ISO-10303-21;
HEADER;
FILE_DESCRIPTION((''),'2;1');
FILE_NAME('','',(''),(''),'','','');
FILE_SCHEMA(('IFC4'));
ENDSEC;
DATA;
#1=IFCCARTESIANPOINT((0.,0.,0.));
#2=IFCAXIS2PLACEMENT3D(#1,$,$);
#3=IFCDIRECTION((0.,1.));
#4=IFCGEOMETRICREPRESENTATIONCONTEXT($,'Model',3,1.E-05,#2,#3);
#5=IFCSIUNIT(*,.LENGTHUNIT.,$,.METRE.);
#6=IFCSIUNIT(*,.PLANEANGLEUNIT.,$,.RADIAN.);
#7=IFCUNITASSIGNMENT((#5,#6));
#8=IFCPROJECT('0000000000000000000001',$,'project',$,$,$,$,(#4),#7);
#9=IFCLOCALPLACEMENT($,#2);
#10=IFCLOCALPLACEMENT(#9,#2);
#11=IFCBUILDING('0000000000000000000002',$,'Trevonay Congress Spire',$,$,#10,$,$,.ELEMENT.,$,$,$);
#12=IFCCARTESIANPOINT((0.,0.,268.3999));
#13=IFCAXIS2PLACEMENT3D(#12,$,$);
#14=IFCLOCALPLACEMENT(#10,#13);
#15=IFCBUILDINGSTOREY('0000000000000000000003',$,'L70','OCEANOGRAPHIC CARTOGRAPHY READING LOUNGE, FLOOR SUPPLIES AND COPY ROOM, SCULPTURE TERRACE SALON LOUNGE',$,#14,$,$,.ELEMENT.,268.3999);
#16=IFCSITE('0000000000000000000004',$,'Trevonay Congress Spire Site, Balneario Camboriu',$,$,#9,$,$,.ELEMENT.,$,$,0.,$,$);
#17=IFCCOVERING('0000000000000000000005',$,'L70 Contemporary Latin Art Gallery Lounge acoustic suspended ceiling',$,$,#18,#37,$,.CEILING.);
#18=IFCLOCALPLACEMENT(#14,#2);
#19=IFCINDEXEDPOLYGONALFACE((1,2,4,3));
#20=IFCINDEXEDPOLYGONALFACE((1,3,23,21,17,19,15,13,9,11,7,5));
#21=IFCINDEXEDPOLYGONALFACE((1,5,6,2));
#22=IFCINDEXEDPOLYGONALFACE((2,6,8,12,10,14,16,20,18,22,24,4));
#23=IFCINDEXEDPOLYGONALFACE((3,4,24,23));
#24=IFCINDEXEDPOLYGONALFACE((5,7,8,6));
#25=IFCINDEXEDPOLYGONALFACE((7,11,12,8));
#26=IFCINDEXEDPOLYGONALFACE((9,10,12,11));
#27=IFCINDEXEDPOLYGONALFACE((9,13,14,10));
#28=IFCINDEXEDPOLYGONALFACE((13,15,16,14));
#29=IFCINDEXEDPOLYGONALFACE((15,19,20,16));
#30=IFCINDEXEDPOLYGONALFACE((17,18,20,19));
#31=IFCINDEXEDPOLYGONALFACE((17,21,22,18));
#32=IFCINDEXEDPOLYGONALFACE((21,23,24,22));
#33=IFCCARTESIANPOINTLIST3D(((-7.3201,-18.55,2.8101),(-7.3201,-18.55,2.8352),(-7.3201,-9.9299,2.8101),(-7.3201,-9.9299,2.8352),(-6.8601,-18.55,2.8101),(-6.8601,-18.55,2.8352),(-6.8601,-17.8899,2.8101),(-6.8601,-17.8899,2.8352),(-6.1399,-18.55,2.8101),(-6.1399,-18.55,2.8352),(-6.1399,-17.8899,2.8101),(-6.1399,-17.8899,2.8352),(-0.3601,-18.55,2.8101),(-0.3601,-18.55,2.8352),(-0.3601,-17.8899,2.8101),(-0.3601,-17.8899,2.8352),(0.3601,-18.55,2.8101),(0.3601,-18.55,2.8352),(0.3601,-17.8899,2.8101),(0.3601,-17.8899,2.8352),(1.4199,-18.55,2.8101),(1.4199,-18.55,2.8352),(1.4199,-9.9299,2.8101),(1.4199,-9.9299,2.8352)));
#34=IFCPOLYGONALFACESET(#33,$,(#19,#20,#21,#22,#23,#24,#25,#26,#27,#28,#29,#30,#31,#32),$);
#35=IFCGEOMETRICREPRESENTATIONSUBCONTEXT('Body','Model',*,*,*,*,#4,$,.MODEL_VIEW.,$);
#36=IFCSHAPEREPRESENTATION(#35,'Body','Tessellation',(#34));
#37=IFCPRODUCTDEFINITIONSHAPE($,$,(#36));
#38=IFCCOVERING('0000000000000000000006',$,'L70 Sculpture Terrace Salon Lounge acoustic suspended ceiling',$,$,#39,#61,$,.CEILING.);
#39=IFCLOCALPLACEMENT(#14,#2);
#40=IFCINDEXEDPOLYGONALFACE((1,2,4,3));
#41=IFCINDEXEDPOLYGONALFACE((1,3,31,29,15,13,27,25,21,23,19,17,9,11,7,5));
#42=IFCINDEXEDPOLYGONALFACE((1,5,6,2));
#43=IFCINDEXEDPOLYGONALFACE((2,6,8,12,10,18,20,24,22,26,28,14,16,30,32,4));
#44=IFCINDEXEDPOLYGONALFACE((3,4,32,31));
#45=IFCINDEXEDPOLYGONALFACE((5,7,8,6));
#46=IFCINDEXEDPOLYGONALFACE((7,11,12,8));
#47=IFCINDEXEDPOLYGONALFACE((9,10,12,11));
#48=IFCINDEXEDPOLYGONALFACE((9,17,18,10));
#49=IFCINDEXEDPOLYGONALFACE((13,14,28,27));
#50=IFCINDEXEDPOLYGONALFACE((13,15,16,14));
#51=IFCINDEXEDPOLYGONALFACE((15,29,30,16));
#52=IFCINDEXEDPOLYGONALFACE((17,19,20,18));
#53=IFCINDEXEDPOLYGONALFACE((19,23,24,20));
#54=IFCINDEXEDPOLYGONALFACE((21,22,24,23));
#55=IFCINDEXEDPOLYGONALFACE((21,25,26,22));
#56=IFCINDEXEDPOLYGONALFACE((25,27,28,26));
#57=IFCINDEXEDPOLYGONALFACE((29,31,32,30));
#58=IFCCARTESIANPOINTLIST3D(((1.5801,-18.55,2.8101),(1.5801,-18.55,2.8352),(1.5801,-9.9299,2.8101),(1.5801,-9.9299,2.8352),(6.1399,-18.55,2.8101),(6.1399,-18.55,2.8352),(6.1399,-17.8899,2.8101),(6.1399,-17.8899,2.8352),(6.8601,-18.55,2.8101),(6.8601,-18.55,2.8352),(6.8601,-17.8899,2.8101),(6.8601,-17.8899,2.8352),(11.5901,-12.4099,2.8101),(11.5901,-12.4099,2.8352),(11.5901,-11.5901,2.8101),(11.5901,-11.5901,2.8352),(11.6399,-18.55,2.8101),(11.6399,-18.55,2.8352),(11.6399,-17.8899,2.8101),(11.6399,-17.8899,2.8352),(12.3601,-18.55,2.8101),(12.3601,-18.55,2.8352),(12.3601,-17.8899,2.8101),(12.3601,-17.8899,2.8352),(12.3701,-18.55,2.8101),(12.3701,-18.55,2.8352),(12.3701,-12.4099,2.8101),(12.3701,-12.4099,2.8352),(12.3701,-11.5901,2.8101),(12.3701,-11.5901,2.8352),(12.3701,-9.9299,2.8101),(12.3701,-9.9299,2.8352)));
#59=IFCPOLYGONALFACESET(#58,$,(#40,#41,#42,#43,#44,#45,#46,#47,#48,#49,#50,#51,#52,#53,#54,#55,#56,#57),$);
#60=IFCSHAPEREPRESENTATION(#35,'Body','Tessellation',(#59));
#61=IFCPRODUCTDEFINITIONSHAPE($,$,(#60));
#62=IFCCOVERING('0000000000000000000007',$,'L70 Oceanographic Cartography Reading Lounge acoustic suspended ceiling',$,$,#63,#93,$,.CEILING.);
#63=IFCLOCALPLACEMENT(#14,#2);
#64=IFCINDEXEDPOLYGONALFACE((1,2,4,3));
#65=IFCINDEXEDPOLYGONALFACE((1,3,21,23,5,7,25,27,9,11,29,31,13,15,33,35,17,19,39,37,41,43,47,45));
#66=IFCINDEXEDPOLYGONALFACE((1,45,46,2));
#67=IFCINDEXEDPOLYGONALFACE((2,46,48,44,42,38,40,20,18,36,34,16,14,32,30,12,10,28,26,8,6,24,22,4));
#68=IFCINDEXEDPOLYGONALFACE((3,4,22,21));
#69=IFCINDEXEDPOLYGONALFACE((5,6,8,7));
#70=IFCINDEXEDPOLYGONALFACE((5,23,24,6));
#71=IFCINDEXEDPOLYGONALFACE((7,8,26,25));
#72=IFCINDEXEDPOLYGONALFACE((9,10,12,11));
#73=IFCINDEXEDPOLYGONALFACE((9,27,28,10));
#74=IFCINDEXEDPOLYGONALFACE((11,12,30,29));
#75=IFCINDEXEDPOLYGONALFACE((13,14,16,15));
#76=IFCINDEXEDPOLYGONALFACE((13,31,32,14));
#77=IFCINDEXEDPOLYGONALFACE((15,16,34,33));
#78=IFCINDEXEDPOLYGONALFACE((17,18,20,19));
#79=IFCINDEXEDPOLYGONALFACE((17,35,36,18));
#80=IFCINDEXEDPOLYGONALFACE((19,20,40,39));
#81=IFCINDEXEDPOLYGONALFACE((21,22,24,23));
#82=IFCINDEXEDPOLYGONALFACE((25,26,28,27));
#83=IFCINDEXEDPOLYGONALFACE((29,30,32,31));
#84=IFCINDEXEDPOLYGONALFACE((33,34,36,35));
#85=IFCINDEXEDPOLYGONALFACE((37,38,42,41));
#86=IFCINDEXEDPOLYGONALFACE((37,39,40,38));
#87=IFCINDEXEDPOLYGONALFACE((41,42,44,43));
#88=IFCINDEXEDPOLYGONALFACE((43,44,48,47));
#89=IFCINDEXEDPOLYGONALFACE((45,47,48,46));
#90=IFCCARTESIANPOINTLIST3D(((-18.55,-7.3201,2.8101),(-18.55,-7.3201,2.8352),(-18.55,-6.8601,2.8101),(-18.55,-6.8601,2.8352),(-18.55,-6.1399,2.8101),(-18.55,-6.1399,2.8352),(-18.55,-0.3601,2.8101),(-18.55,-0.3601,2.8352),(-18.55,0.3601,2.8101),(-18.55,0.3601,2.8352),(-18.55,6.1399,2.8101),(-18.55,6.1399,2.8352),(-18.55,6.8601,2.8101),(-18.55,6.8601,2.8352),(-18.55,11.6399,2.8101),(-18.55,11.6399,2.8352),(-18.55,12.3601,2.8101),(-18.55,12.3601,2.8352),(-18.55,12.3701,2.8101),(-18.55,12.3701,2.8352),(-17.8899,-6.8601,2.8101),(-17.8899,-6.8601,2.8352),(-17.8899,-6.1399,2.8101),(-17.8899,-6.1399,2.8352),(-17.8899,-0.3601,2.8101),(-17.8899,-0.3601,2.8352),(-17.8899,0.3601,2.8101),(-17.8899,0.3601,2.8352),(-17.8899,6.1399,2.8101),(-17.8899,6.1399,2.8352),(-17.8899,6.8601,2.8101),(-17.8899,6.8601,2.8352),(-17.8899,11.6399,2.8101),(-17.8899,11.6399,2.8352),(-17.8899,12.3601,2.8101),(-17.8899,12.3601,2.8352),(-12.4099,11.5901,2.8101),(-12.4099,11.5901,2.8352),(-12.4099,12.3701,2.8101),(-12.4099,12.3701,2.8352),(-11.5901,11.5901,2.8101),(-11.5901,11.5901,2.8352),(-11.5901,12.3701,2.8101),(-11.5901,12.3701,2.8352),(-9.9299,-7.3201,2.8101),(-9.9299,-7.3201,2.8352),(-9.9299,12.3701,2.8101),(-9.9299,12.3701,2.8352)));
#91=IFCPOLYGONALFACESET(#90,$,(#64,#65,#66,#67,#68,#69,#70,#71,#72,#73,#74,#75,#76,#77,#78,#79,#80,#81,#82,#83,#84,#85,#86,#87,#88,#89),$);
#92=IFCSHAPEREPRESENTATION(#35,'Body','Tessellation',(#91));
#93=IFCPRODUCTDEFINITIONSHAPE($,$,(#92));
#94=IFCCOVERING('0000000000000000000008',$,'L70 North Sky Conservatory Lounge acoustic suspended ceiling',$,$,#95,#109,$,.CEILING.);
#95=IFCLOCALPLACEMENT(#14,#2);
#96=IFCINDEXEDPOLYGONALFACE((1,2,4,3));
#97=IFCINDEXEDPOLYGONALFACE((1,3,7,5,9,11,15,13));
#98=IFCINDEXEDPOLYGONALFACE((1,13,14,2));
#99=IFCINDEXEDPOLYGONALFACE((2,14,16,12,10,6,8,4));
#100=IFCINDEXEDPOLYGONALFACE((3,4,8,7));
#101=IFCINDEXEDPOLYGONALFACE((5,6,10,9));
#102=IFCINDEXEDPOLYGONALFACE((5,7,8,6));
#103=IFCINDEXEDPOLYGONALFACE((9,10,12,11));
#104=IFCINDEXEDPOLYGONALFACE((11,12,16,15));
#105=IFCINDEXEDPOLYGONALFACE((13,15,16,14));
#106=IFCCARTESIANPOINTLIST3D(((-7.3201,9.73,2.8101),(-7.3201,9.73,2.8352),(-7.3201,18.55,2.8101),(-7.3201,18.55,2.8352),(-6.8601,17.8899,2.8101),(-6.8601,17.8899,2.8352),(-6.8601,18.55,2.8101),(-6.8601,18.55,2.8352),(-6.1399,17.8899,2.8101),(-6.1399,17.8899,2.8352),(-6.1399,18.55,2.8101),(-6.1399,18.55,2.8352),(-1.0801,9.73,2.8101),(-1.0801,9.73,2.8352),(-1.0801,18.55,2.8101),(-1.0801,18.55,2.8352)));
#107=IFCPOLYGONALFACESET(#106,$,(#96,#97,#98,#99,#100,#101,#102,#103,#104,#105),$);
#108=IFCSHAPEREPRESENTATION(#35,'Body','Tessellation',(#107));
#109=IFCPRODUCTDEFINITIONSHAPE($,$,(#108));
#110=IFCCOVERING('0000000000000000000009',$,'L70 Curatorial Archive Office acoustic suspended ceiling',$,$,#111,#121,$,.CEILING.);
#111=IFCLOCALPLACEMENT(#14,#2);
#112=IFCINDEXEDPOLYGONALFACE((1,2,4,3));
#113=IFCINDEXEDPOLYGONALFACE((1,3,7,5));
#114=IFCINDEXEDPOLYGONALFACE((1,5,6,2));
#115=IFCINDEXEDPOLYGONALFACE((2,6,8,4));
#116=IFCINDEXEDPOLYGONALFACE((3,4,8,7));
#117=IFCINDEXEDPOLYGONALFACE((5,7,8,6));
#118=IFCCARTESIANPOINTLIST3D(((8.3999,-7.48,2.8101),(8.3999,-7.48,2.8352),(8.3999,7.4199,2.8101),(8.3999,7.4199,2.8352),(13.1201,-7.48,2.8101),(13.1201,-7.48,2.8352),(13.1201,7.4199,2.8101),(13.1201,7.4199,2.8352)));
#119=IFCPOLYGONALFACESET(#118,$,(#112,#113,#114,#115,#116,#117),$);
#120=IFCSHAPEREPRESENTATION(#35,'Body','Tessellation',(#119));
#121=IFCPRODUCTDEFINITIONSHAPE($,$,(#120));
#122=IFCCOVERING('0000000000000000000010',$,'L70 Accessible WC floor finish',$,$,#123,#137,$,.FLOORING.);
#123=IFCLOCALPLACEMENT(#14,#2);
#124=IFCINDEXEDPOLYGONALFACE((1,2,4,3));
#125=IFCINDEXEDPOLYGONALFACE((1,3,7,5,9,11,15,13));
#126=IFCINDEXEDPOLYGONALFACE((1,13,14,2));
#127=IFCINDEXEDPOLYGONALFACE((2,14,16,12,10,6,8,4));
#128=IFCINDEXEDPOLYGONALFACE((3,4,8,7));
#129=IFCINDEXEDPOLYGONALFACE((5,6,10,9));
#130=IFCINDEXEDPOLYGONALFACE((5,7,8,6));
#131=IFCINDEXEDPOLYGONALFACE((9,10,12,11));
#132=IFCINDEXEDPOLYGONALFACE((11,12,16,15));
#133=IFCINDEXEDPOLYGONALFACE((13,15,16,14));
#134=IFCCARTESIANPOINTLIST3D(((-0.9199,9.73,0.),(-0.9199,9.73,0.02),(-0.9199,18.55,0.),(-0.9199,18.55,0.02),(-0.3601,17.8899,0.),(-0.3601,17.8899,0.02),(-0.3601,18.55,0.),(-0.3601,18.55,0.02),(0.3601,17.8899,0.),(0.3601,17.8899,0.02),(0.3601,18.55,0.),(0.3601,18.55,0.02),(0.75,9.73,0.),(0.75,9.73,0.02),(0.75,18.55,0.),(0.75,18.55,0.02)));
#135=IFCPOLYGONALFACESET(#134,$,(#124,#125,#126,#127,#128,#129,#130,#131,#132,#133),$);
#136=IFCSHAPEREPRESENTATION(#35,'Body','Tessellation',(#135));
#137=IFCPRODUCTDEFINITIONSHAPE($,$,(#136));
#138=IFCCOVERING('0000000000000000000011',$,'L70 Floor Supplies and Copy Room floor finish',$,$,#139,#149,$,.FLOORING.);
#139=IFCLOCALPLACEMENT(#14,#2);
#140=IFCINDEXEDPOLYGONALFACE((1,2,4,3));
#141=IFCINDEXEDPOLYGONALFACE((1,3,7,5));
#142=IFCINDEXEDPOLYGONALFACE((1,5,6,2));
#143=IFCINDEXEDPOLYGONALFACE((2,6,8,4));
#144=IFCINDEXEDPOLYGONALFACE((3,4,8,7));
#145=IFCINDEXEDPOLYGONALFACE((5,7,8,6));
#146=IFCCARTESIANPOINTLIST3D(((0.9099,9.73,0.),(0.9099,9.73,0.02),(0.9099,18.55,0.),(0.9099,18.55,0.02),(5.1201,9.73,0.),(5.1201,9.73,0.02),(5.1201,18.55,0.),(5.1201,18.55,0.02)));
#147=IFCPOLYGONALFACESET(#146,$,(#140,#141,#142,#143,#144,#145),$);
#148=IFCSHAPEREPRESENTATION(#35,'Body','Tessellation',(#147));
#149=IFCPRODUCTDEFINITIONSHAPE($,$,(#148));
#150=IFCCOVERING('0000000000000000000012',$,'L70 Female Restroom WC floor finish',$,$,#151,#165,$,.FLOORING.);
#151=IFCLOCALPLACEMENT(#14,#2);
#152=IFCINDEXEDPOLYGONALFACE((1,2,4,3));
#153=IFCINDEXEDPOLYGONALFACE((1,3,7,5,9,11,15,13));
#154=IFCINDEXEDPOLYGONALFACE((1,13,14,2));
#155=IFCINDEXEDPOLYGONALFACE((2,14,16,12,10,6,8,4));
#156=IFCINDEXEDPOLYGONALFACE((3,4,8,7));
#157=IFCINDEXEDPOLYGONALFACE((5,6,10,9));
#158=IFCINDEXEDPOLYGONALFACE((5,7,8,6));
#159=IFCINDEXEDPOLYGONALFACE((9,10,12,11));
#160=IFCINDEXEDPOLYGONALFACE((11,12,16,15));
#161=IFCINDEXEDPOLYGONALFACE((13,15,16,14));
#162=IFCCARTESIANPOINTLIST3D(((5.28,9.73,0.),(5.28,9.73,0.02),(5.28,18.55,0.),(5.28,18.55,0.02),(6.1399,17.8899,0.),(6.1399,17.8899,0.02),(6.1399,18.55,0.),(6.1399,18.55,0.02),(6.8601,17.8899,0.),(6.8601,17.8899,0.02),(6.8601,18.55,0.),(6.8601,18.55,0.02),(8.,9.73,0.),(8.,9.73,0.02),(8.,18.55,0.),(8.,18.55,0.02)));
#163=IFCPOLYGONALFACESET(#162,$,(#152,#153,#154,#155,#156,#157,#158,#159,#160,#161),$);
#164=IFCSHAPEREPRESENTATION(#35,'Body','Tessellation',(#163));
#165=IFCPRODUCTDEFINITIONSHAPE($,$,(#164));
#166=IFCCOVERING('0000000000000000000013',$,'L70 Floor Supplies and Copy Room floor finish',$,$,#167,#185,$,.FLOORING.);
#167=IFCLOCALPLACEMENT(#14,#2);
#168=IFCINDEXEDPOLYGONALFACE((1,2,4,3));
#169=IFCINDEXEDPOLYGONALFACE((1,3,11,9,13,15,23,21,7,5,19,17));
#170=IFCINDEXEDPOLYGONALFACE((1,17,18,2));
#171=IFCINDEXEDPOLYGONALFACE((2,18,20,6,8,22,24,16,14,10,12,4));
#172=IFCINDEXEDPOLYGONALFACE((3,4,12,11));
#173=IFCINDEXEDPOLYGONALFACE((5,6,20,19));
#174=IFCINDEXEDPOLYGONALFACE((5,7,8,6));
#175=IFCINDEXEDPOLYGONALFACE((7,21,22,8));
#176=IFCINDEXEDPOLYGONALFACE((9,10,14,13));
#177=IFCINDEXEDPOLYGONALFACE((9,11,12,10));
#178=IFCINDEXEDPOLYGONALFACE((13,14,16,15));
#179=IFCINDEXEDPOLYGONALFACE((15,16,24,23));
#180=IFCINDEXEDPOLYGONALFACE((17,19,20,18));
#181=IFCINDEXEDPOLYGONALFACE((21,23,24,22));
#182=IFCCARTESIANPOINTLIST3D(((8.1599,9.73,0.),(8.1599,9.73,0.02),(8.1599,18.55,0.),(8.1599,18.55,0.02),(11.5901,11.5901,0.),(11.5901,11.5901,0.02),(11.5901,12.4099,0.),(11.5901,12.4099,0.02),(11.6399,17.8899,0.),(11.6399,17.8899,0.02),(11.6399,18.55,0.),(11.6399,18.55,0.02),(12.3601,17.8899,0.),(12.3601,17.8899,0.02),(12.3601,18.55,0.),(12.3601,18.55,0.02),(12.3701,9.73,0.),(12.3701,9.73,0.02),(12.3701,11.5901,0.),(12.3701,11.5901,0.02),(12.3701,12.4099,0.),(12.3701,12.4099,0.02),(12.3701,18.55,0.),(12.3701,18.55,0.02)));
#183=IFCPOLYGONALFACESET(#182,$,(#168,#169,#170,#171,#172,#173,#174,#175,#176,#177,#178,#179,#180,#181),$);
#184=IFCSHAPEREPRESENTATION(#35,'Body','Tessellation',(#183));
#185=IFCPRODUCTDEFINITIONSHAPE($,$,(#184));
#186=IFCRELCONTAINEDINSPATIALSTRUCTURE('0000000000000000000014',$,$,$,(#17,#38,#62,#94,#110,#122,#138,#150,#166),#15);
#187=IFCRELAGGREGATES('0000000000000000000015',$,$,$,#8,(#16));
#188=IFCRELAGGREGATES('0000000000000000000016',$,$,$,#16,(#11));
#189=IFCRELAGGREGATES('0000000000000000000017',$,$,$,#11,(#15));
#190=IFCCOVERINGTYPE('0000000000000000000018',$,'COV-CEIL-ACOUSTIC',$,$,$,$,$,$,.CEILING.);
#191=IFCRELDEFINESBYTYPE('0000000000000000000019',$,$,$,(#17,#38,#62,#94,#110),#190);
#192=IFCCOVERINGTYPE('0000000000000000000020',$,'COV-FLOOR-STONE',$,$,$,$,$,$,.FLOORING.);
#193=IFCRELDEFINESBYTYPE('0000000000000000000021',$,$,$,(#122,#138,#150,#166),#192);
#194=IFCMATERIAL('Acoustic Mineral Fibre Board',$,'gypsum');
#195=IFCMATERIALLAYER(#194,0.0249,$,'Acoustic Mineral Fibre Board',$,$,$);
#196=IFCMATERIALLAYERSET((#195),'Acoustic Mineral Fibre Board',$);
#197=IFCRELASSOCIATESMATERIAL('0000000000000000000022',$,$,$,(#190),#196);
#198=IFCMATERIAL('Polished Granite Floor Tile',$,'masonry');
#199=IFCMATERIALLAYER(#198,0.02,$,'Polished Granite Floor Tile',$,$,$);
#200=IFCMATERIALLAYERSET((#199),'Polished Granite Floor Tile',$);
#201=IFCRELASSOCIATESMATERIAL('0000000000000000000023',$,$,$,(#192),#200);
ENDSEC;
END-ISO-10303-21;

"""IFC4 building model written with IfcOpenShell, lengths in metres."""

from ifc_helpers import new_model, si_unit, direction, frame, origin, place, context, subcontext, project, spatial, polyline, outline, extrude, material, layer, layer_set, type_object, element, save


model = new_model("IFC4")

# Units and contexts
model_context = context("Model", 3, precision=1e-05, world=origin(), true_north=direction((0.0, 1.0)))
body_context = subcontext(model_context, "Body", "Model", "MODEL_VIEW")
ifc_project = project(units=[si_unit("LENGTHUNIT", "METRE"), si_unit("PLANEANGLEUNIT", "RADIAN")], contexts=[model_context])

# Site, building, storey
site_placement = place(None, origin())
site = spatial("IfcSite", under=ifc_project, at=site_placement, Name="Trevonay Congress Spire Site, Balneario Camboriu", CompositionType="ELEMENT", RefElevation=0.0)
building_placement = place(site_placement, origin())
building = spatial("IfcBuilding", under=site, at=building_placement, Name="Trevonay Congress Spire", CompositionType="ELEMENT")
storey_placement = place(building_placement, frame((0.0, 0.0, 268.3999)))
storey = spatial("IfcBuildingStorey", under=building, at=storey_placement, Name="L70", Description="OCEANOGRAPHIC CARTOGRAPHY READING LOUNGE, FLOOR SUPPLIES AND COPY ROOM, SCULPTURE TERRACE SALON LOUNGE", CompositionType="ELEMENT", Elevation=268.3999)

# Coverings
ifc_material_1 = material(Name="Acoustic Mineral Fibre Board", Category="gypsum")
ifc_layer_1 = layer(ifc_material_1, 0.0249, Name="Acoustic Mineral Fibre Board")
ifc_layer_set_1 = layer_set([ifc_layer_1], Name="Acoustic Mineral Fibre Board")
covering_type_1 = type_object("IfcCoveringType", Name="COV-CEIL-ACOUSTIC", PredefinedType="CEILING", material=ifc_layer_set_1)
covering_1_placement = place(storey_placement, frame((0.0, 0.0, 2.8101)))
element("IfcCovering", 1, at=covering_1_placement, inside=storey, type_object=covering_type_1, Name="L70 Contemporary Latin Art Gallery Lounge acoustic suspended ceiling", PredefinedType="CEILING", context=body_context, shape_type="SweptSolid", body=[
    extrude(outline(polyline([(-7.3201, -18.55), (-7.3201, -9.9299), (1.4199, -9.9299), (1.4199, -18.55), (0.3601, -18.55), (0.3601, -17.8899), (-0.3601, -17.8899), (-0.3601, -18.55), (-6.1399, -18.55), (-6.1399, -17.8899), (-6.8601, -17.8899), (-6.8601, -18.55), (-7.3201, -18.55)])), origin(), (0.0, 0.0, 1.0), 0.0251),
])
covering_2_placement = place(storey_placement, frame((0.0, 0.0, 2.8101)))
element("IfcCovering", 2, at=covering_2_placement, inside=storey, type_object=covering_type_1, Name="L70 Sculpture Terrace Salon Lounge acoustic suspended ceiling", PredefinedType="CEILING", context=body_context, shape_type="SweptSolid", body=[
    extrude(outline(polyline([(1.5801, -18.55), (1.5801, -9.9299), (12.3701, -9.9299), (12.3701, -11.5901), (11.5901, -11.5901), (11.5901, -12.4099), (12.3701, -12.4099), (12.3701, -18.55), (12.3601, -18.55), (12.3601, -17.8899), (11.6399, -17.8899), (11.6399, -18.55), (6.8601, -18.55), (6.8601, -17.8899), (6.1399, -17.8899), (6.1399, -18.55), (1.5801, -18.55)])), origin(), (0.0, 0.0, 1.0), 0.0251),
])
covering_3_placement = place(storey_placement, frame((0.0, 0.0, 2.8101)))
element("IfcCovering", 3, at=covering_3_placement, inside=storey, type_object=covering_type_1, Name="L70 Oceanographic Cartography Reading Lounge acoustic suspended ceiling", PredefinedType="CEILING", context=body_context, shape_type="SweptSolid", body=[
    extrude(outline(polyline([(-9.9299, 12.3701), (-9.9299, -7.3201), (-18.55, -7.3201), (-18.55, -6.8601), (-17.8899, -6.8601), (-17.8899, -6.1399), (-18.55, -6.1399), (-18.55, -0.3601), (-17.8899, -0.3601), (-17.8899, 0.3601), (-18.55, 0.3601), (-18.55, 6.1399), (-17.8899, 6.1399), (-17.8899, 6.8601), (-18.55, 6.8601), (-18.55, 11.6399), (-17.8899, 11.6399), (-17.8899, 12.3601), (-18.55, 12.3601), (-18.55, 12.3701), (-12.4099, 12.3701), (-12.4099, 11.5901), (-11.5901, 11.5901), (-11.5901, 12.3701), (-9.9299, 12.3701)])), origin(), (0.0, 0.0, 1.0), 0.0251),
])
covering_4_placement = place(storey_placement, frame((0.0, 0.0, 2.8101)))
element("IfcCovering", 4, at=covering_4_placement, inside=storey, type_object=covering_type_1, Name="L70 North Sky Conservatory Lounge acoustic suspended ceiling", PredefinedType="CEILING", context=body_context, shape_type="SweptSolid", body=[
    extrude(outline(polyline([(-1.0801, 18.55), (-1.0801, 9.73), (-7.3201, 9.73), (-7.3201, 18.55), (-6.8601, 18.55), (-6.8601, 17.8899), (-6.1399, 17.8899), (-6.1399, 18.55), (-1.0801, 18.55)])), origin(), (0.0, 0.0, 1.0), 0.0251),
])
covering_5_placement = place(storey_placement, frame((0.0, 0.0, 2.8101)))
element("IfcCovering", 5, at=covering_5_placement, inside=storey, type_object=covering_type_1, Name="L70 Curatorial Archive Office acoustic suspended ceiling", PredefinedType="CEILING", context=body_context, shape_type="SweptSolid", body=[
    extrude(outline(polyline([(8.3999, -7.48), (13.1201, -7.48), (13.1201, 7.4199), (8.3999, 7.4199), (8.3999, -7.48)])), origin(), (0.0, 0.0, 1.0), 0.0251),
])
ifc_material_2 = material(Name="Polished Granite Floor Tile", Category="masonry")
ifc_layer_2 = layer(ifc_material_2, 0.02, Name="Polished Granite Floor Tile")
ifc_layer_set_2 = layer_set([ifc_layer_2], Name="Polished Granite Floor Tile")
covering_type_2 = type_object("IfcCoveringType", Name="COV-FLOOR-STONE", PredefinedType="FLOORING", material=ifc_layer_set_2)
covering_6_placement = place(storey_placement, origin())
element("IfcCovering", 6, at=covering_6_placement, inside=storey, type_object=covering_type_2, Name="L70 Accessible WC floor finish", PredefinedType="FLOORING", context=body_context, shape_type="SweptSolid", body=[
    extrude(outline(polyline([(0.75, 18.55), (0.75, 9.73), (-0.9199, 9.73), (-0.9199, 18.55), (-0.3601, 18.55), (-0.3601, 17.8899), (0.3601, 17.8899), (0.3601, 18.55), (0.75, 18.55)])), origin(), (0.0, 0.0, 1.0), 0.02),
])
covering_7_placement = place(storey_placement, origin())
element("IfcCovering", 7, at=covering_7_placement, inside=storey, type_object=covering_type_2, Name="L70 Floor Supplies and Copy Room floor finish", PredefinedType="FLOORING", context=body_context, shape_type="SweptSolid", body=[
    extrude(outline(polyline([(0.9099, 9.73), (5.1201, 9.73), (5.1201, 18.55), (0.9099, 18.55), (0.9099, 9.73)])), origin(), (0.0, 0.0, 1.0), 0.02),
])
covering_8_placement = place(storey_placement, origin())
element("IfcCovering", 8, at=covering_8_placement, inside=storey, type_object=covering_type_2, Name="L70 Female Restroom WC floor finish", PredefinedType="FLOORING", context=body_context, shape_type="SweptSolid", body=[
    extrude(outline(polyline([(8.0, 18.55), (8.0, 9.73), (5.28, 9.73), (5.28, 18.55), (6.1399, 18.55), (6.1399, 17.8899), (6.8601, 17.8899), (6.8601, 18.55), (8.0, 18.55)])), origin(), (0.0, 0.0, 1.0), 0.02),
])
covering_9_placement = place(storey_placement, origin())
element("IfcCovering", 9, at=covering_9_placement, inside=storey, type_object=covering_type_2, Name="L70 Floor Supplies and Copy Room floor finish", PredefinedType="FLOORING", context=body_context, shape_type="SweptSolid", body=[
    extrude(outline(polyline([(12.3701, 9.73), (8.1599, 9.73), (8.1599, 18.55), (11.6399, 18.55), (11.6399, 17.8899), (12.3601, 17.8899), (12.3601, 18.55), (12.3701, 18.55), (12.3701, 12.4099), (11.5901, 12.4099), (11.5901, 11.5901), (12.3701, 11.5901), (12.3701, 9.73)])), origin(), (0.0, 0.0, 1.0), 0.02),
])

save(model, "model.ifc")
